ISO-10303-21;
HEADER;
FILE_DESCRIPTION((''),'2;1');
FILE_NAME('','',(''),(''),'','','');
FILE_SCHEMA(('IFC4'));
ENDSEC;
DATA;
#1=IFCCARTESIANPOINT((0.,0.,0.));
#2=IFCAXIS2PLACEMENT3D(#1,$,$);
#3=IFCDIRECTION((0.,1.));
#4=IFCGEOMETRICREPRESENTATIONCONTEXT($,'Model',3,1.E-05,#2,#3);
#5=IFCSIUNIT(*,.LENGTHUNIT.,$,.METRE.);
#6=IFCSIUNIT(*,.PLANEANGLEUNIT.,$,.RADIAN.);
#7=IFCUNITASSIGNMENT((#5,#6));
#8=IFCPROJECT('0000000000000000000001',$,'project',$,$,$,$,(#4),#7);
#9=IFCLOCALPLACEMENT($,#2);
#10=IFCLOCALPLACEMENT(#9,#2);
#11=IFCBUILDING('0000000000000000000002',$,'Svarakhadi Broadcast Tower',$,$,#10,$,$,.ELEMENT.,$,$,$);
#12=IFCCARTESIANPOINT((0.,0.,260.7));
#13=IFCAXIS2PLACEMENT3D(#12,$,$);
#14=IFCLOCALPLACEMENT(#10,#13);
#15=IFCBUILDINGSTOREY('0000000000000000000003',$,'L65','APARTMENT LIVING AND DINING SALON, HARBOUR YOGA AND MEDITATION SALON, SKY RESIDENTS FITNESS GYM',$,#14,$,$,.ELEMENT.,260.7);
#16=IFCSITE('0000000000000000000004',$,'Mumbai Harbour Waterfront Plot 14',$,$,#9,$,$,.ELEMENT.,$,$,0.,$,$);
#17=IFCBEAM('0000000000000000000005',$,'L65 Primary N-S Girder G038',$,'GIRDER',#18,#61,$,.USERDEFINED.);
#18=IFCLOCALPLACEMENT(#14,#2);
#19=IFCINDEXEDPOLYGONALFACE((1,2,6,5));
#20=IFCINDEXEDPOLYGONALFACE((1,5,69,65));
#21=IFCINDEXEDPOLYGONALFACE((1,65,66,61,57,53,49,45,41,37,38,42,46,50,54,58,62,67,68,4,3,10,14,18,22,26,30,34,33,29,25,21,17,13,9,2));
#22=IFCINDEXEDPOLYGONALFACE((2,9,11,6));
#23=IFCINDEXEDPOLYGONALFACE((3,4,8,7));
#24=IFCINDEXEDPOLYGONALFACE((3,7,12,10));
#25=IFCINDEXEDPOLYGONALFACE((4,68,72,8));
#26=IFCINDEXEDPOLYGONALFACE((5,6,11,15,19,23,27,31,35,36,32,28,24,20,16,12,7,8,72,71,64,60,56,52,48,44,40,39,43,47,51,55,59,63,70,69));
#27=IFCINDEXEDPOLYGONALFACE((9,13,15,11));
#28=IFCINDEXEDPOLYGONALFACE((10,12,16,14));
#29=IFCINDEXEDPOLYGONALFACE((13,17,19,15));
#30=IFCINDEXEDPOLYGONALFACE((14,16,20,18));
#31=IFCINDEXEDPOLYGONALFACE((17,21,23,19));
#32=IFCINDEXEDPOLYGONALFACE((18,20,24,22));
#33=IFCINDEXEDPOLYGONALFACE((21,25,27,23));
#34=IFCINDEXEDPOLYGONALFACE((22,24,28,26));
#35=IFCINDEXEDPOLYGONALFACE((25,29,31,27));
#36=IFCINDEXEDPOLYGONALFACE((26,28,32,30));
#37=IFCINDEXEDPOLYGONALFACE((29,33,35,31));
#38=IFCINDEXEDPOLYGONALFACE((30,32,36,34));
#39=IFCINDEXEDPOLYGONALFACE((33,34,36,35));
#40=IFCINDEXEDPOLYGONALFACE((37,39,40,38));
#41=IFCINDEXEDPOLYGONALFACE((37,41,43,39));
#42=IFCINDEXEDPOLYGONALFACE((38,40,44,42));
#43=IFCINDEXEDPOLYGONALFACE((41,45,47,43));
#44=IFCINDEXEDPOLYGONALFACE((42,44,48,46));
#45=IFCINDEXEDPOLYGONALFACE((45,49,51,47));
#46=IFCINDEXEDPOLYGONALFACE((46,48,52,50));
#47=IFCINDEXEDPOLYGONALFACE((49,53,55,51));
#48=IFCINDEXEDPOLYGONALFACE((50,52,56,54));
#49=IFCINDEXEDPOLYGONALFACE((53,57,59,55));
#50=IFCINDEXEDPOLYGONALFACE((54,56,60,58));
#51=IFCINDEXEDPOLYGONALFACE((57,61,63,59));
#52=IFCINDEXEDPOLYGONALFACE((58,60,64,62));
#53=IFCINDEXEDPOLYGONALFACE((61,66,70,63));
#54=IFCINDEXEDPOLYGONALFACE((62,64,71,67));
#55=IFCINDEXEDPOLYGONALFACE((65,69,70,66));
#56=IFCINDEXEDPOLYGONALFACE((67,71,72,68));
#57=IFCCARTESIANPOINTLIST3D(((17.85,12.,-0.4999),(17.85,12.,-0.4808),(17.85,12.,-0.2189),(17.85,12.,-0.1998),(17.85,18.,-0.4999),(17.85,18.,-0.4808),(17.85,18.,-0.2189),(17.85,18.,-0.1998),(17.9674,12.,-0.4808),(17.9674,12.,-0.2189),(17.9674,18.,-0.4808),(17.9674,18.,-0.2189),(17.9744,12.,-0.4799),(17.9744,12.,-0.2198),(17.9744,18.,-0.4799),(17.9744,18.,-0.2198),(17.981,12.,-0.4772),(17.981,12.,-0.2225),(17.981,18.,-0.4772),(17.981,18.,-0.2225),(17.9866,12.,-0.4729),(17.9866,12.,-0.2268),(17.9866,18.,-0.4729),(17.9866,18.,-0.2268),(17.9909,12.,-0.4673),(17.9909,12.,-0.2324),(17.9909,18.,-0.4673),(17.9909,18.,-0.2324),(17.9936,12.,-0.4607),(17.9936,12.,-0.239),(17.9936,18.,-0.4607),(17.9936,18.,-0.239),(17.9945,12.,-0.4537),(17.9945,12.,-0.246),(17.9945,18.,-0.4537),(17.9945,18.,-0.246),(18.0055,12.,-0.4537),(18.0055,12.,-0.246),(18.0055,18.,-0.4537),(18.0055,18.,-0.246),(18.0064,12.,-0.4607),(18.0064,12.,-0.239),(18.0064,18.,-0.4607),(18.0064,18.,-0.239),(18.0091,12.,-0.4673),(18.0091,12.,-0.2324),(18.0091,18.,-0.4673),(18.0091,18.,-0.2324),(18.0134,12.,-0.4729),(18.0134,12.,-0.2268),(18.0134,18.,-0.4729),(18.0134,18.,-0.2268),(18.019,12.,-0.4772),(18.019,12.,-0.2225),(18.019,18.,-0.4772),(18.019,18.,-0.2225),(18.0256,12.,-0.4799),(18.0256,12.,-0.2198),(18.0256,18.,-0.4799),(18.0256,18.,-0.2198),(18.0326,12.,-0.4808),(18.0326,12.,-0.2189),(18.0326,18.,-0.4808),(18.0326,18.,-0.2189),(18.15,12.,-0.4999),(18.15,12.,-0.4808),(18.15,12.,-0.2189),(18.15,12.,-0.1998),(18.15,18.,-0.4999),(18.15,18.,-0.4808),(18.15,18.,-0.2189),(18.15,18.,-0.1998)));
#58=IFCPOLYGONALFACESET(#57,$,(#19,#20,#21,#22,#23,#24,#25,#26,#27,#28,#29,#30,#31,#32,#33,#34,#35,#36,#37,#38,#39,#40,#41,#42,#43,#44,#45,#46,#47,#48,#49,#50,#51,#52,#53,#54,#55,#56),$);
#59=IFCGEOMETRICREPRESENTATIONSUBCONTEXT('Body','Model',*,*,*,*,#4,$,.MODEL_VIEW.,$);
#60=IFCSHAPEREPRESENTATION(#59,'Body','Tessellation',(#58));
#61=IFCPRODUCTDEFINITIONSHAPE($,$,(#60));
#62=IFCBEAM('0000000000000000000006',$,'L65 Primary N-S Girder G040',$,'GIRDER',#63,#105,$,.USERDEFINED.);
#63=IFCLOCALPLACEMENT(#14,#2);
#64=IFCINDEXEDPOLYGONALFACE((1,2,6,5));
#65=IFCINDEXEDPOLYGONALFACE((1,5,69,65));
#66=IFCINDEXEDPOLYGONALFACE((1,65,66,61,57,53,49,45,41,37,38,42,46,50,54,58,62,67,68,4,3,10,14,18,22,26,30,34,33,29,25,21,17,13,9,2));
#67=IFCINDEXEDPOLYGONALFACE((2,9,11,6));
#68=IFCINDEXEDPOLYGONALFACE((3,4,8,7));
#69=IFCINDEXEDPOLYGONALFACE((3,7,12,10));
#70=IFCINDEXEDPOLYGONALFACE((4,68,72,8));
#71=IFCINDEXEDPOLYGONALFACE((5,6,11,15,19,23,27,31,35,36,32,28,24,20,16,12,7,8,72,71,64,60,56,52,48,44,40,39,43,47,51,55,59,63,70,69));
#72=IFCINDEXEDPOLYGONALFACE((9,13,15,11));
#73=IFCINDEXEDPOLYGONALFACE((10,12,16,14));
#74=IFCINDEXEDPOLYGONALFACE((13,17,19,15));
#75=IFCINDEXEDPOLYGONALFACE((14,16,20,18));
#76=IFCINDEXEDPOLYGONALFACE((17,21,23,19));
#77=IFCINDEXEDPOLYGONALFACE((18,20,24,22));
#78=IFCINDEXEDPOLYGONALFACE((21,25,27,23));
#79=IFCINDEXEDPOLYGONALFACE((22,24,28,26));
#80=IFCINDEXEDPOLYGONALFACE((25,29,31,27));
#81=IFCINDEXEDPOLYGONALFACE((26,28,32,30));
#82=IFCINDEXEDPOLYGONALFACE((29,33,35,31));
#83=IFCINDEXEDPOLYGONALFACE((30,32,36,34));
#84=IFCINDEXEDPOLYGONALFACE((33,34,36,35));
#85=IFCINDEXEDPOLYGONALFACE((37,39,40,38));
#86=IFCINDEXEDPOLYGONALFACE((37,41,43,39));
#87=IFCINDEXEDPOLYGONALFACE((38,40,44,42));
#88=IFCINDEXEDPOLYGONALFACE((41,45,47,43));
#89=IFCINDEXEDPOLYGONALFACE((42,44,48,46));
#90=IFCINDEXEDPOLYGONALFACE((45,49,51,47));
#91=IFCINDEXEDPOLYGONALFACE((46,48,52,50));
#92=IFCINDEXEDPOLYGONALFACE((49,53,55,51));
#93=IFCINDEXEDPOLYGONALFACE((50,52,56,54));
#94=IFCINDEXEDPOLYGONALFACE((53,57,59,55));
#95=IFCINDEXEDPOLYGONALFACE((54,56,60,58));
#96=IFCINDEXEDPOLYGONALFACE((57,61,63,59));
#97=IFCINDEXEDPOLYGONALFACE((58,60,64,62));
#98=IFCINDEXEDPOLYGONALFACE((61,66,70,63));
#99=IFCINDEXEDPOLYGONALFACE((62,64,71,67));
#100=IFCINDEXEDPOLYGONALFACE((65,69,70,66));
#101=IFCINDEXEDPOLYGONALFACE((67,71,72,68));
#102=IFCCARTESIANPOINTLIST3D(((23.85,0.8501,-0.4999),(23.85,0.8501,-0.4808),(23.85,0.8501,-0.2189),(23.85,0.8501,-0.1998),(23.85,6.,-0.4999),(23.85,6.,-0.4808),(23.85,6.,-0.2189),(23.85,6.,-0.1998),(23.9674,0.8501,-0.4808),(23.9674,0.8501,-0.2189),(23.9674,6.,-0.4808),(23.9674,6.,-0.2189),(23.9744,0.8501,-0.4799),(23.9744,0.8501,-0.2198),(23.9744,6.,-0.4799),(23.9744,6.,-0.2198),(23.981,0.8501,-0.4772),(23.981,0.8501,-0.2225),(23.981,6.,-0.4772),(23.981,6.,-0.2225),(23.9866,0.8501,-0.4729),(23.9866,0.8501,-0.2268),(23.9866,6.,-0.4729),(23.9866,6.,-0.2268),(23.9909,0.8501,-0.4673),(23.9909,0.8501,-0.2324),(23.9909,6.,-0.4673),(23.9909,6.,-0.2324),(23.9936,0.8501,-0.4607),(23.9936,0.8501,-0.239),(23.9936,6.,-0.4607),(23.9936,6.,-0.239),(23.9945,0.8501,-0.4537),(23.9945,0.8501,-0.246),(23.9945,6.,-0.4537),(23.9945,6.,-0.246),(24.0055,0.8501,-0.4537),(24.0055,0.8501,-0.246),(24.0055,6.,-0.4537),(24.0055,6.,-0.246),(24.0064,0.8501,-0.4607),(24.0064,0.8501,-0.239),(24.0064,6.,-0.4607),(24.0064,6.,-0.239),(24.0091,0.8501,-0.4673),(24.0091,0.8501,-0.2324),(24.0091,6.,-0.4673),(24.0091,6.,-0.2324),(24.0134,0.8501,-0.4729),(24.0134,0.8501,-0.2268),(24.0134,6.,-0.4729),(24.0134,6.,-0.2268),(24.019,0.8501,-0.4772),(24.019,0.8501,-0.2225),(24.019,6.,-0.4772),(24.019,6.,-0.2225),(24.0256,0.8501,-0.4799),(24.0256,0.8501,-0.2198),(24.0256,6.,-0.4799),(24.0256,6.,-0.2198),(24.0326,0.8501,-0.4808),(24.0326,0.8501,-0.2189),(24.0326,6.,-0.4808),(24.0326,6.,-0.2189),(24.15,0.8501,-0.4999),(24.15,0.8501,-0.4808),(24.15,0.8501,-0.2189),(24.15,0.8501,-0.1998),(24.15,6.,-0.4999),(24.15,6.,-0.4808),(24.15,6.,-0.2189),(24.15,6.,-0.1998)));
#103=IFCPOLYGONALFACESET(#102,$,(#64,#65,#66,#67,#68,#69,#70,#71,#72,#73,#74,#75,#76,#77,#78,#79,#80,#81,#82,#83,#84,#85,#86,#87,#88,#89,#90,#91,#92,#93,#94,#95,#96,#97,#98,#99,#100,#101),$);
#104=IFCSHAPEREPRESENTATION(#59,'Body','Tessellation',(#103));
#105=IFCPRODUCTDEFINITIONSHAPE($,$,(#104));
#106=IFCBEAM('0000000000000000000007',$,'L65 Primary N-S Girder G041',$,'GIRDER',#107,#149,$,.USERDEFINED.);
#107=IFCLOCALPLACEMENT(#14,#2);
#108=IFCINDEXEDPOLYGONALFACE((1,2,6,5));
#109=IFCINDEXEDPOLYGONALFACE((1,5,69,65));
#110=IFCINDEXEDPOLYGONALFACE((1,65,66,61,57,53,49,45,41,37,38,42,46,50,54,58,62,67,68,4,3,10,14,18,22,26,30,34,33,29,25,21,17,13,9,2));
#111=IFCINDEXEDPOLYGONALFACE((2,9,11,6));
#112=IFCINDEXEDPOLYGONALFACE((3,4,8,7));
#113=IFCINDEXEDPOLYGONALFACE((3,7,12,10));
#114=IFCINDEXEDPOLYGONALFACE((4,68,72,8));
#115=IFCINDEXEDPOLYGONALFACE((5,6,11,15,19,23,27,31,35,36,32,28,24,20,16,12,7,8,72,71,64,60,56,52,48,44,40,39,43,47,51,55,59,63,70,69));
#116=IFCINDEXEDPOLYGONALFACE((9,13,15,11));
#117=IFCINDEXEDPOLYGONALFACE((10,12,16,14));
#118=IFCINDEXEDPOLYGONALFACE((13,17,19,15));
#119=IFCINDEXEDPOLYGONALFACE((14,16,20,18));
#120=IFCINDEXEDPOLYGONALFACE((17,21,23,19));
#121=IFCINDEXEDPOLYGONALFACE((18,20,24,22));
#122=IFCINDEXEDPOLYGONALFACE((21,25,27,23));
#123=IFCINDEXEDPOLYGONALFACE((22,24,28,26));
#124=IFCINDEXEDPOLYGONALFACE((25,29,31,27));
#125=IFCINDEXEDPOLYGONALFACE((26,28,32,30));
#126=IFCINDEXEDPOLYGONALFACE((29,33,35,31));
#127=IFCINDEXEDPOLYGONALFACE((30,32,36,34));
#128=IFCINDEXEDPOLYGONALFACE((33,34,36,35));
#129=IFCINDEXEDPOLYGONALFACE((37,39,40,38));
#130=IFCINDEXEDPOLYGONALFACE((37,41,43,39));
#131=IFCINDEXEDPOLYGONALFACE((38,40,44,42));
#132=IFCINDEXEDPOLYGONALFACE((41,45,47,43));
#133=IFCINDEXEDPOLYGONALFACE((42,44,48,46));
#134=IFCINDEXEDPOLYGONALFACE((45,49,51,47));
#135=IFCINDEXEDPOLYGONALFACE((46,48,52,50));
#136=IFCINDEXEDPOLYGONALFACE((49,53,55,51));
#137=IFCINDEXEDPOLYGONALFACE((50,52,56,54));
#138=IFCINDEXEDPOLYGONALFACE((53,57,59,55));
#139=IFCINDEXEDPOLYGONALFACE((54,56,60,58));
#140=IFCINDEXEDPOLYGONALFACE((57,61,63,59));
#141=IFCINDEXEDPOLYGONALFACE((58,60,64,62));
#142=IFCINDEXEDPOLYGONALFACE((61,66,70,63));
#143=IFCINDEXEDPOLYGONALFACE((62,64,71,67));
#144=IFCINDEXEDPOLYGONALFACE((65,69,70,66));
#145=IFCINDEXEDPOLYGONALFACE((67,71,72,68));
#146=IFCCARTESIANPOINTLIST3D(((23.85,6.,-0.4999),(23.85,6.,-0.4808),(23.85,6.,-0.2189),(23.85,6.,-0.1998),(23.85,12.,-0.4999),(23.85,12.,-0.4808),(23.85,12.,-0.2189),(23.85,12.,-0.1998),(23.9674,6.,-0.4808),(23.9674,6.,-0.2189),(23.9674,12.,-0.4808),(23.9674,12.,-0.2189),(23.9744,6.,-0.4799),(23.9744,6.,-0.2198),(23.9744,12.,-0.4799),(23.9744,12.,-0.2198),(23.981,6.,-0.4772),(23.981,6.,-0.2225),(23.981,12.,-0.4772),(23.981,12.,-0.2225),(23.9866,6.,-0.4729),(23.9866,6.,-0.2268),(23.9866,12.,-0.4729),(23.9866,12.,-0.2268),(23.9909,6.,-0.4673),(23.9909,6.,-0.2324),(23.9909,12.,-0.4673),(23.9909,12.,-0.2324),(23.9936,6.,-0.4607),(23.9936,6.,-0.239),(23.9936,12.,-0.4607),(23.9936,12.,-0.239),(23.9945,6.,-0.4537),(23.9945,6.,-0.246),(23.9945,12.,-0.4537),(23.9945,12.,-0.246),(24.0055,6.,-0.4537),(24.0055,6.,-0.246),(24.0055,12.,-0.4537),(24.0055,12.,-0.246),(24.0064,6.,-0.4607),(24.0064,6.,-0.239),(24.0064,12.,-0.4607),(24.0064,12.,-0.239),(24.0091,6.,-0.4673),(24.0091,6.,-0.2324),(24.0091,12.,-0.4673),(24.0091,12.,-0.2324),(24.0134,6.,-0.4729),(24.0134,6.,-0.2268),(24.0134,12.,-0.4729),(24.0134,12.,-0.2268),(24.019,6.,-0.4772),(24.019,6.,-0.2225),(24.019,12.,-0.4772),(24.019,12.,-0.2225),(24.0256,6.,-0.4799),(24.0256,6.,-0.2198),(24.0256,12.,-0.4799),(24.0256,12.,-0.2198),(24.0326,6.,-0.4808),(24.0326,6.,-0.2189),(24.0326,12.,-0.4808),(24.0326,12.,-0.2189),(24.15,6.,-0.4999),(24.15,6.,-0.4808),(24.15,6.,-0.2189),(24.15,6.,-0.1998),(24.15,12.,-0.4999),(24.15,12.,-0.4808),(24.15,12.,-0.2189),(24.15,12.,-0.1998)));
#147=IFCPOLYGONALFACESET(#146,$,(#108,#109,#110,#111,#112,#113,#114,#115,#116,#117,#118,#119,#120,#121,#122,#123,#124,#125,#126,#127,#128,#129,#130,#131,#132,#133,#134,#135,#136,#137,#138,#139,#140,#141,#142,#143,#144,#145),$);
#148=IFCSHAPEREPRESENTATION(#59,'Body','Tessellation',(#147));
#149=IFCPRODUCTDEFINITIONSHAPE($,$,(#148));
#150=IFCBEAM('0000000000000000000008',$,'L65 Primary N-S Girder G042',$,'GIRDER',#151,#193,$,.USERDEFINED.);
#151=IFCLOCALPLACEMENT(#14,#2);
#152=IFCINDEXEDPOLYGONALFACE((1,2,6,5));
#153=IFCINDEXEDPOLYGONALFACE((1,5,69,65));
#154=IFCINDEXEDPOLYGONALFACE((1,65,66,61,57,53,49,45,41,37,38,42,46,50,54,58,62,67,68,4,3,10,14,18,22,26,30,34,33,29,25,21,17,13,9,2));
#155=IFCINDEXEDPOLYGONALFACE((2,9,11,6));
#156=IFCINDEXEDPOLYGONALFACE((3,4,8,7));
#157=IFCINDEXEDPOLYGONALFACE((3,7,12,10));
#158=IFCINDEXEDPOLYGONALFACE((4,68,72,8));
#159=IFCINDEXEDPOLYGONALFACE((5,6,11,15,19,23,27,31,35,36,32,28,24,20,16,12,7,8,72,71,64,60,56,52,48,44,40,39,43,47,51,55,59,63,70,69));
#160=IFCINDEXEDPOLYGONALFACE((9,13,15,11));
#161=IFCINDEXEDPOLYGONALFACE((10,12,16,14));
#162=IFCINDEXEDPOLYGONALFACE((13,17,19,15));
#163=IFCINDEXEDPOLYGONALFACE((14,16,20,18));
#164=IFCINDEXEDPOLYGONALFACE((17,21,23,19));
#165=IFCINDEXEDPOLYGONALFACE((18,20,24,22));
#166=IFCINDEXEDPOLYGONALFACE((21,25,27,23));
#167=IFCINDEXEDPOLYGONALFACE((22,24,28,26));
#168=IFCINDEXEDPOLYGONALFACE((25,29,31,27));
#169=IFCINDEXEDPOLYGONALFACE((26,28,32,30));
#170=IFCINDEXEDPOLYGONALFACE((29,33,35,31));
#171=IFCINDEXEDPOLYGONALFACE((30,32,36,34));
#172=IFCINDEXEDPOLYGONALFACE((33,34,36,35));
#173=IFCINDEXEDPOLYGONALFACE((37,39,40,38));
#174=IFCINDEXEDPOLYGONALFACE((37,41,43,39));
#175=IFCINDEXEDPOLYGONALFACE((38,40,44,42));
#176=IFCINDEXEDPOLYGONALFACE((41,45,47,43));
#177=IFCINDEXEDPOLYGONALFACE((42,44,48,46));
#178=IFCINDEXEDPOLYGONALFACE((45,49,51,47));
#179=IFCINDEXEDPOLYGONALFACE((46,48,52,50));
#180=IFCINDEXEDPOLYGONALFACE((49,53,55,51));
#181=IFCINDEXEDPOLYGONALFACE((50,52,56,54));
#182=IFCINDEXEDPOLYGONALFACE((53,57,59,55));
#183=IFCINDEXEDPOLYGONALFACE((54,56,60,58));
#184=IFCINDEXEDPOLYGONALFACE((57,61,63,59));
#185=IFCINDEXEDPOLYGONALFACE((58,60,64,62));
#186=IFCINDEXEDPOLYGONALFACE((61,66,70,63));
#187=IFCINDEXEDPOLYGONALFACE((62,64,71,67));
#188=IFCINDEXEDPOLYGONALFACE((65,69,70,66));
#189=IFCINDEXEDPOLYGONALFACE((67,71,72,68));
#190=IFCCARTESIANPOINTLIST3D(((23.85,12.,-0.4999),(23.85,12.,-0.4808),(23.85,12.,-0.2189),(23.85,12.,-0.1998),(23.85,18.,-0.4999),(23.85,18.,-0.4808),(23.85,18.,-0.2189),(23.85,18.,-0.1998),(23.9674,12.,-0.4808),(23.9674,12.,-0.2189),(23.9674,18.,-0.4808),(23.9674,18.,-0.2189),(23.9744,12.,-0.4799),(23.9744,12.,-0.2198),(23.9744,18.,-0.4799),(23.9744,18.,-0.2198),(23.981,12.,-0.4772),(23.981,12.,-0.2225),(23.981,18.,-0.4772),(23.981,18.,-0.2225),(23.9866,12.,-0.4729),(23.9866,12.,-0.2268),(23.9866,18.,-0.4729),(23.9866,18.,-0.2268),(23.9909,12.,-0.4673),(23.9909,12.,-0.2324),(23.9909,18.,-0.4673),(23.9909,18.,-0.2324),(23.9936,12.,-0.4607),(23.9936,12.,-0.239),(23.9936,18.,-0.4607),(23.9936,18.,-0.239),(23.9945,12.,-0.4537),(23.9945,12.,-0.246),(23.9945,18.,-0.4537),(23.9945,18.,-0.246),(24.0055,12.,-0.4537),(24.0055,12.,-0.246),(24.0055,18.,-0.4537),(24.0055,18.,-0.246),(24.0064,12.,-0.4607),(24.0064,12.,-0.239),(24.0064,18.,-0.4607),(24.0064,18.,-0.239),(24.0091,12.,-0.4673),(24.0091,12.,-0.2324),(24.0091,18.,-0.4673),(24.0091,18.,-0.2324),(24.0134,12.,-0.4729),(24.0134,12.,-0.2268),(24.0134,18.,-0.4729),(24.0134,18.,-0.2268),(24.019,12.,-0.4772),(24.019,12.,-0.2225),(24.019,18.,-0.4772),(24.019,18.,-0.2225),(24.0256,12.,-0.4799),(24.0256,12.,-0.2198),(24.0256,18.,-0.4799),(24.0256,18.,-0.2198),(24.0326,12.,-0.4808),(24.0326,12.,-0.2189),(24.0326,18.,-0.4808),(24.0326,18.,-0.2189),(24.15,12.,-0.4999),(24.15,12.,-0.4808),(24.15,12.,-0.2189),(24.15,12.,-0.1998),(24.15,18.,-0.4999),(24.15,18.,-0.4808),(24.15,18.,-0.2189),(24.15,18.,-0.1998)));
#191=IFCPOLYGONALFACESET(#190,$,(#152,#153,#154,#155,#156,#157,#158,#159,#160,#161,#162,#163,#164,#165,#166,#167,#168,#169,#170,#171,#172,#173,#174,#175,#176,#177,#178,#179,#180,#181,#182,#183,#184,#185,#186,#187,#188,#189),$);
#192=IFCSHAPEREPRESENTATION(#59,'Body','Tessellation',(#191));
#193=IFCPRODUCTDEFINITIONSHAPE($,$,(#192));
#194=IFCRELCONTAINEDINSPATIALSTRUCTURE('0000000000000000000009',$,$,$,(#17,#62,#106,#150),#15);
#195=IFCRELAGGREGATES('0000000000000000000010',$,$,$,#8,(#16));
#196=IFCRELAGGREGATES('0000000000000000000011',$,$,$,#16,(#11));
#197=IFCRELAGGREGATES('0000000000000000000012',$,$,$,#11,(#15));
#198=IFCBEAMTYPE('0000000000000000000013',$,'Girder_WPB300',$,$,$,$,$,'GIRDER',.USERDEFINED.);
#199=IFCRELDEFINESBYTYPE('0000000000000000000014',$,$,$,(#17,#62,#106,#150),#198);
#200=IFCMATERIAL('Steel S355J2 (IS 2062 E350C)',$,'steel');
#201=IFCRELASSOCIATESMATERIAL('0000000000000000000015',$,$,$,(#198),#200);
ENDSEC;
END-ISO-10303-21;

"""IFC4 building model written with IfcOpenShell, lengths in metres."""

from ifc_helpers import new_model, si_unit, direction, frame, origin, origin_2d, place, context, subcontext, project, spatial, i_section, extrude, material, material_profile, profile_set, type_object, element, save


model = new_model("IFC4")

# Units and contexts
model_context = context("Model", 3, precision=1e-05, world=origin(), true_north=direction((0.0, 1.0)))
body_context = subcontext(model_context, "Body", "Model", "MODEL_VIEW")
ifc_project = project(units=[si_unit("LENGTHUNIT", "METRE"), si_unit("PLANEANGLEUNIT", "RADIAN")], contexts=[model_context])

# Site, building, storey
site_placement = place(None, origin())
site = spatial("IfcSite", under=ifc_project, at=site_placement, Name="Mumbai Harbour Waterfront Plot 14", CompositionType="ELEMENT", RefElevation=0.0)
building_placement = place(site_placement, origin())
building = spatial("IfcBuilding", under=site, at=building_placement, Name="Svarakhadi Broadcast Tower", CompositionType="ELEMENT")
storey_placement = place(building_placement, frame((0.0, 0.0, 260.7)))
storey = spatial("IfcBuildingStorey", under=building, at=storey_placement, Name="L65", Description="APARTMENT LIVING AND DINING SALON, HARBOUR YOGA AND MEDITATION SALON, SKY RESIDENTS FITNESS GYM", CompositionType="ELEMENT", Elevation=260.7)

# Beams
ifc_material_1 = material(Name="Steel S355J2 (IS 2062 E350C)", Category="steel")
ifc_material_profile_1 = material_profile(ifc_material_1, i_section(OverallWidth=0.3, OverallDepth=0.3, WebThickness=0.011, FlangeThickness=0.019, FilletRadius=0.0271, at=origin_2d()), Name="WPB 300x300x117")
ifc_profile_set_1 = profile_set([ifc_material_profile_1], Name="Steel S355J2 (IS 2062 E350C)")
beam_type_1 = type_object("IfcBeamType", Name="Girder_WPB300", ElementType="GIRDER", PredefinedType="USERDEFINED", material=ifc_profile_set_1)
for number, where, z_axis, x_axis, name in (
    (1, (18.0, 12.0, -0.3499), (0.0, 1.0, 0.0), (-1.0, 0.0, 0.0), "L65 Primary N-S Girder G038"),
):
    element("IfcBeam", number, at=place(storey_placement, frame(where, z_axis=z_axis, x_axis=x_axis)), inside=storey, type_object=beam_type_1, Name=name, ObjectType="GIRDER", PredefinedType="USERDEFINED", context=body_context, shape_type="SweptSolid", body=[
        extrude(i_section(OverallWidth=0.3, OverallDepth=0.3, WebThickness=0.011, FlangeThickness=0.019, FilletRadius=0.0271, at=origin_2d()), origin(), (0.0, 0.0, 1.0), 6.0),
    ])
beam_1_placement = place(storey_placement, frame((24.0, 0.8501, -0.3499), z_axis=(0.0, 1.0, 0.0), x_axis=(-1.0, 0.0, 0.0)))
element("IfcBeam", 2, at=beam_1_placement, inside=storey, type_object=beam_type_1, Name="L65 Primary N-S Girder G040", ObjectType="GIRDER", PredefinedType="USERDEFINED", context=body_context, shape_type="SweptSolid", body=[
    extrude(i_section(OverallWidth=0.3, OverallDepth=0.3, WebThickness=0.011, FlangeThickness=0.019, FilletRadius=0.0271, at=origin_2d()), origin(), (0.0, 0.0, 1.0), 5.1499),
])
for number, where, z_axis, x_axis, name in (
    (3, (24.0, 6.0, -0.3499), (0.0, 1.0, 0.0), (-1.0, 0.0, 0.0), "L65 Primary N-S Girder G041"),
    (4, (24.0, 12.0, -0.3499), (0.0, 1.0, 0.0), (-1.0, 0.0, 0.0), "L65 Primary N-S Girder G042"),
):
    element("IfcBeam", number, at=place(storey_placement, frame(where, z_axis=z_axis, x_axis=x_axis)), inside=storey, type_object=beam_type_1, Name=name, ObjectType="GIRDER", PredefinedType="USERDEFINED", context=body_context, shape_type="SweptSolid", body=[
        extrude(i_section(OverallWidth=0.3, OverallDepth=0.3, WebThickness=0.011, FlangeThickness=0.019, FilletRadius=0.0271, at=origin_2d()), origin(), (0.0, 0.0, 1.0), 6.0),
    ])

save(model, "model.ifc")
